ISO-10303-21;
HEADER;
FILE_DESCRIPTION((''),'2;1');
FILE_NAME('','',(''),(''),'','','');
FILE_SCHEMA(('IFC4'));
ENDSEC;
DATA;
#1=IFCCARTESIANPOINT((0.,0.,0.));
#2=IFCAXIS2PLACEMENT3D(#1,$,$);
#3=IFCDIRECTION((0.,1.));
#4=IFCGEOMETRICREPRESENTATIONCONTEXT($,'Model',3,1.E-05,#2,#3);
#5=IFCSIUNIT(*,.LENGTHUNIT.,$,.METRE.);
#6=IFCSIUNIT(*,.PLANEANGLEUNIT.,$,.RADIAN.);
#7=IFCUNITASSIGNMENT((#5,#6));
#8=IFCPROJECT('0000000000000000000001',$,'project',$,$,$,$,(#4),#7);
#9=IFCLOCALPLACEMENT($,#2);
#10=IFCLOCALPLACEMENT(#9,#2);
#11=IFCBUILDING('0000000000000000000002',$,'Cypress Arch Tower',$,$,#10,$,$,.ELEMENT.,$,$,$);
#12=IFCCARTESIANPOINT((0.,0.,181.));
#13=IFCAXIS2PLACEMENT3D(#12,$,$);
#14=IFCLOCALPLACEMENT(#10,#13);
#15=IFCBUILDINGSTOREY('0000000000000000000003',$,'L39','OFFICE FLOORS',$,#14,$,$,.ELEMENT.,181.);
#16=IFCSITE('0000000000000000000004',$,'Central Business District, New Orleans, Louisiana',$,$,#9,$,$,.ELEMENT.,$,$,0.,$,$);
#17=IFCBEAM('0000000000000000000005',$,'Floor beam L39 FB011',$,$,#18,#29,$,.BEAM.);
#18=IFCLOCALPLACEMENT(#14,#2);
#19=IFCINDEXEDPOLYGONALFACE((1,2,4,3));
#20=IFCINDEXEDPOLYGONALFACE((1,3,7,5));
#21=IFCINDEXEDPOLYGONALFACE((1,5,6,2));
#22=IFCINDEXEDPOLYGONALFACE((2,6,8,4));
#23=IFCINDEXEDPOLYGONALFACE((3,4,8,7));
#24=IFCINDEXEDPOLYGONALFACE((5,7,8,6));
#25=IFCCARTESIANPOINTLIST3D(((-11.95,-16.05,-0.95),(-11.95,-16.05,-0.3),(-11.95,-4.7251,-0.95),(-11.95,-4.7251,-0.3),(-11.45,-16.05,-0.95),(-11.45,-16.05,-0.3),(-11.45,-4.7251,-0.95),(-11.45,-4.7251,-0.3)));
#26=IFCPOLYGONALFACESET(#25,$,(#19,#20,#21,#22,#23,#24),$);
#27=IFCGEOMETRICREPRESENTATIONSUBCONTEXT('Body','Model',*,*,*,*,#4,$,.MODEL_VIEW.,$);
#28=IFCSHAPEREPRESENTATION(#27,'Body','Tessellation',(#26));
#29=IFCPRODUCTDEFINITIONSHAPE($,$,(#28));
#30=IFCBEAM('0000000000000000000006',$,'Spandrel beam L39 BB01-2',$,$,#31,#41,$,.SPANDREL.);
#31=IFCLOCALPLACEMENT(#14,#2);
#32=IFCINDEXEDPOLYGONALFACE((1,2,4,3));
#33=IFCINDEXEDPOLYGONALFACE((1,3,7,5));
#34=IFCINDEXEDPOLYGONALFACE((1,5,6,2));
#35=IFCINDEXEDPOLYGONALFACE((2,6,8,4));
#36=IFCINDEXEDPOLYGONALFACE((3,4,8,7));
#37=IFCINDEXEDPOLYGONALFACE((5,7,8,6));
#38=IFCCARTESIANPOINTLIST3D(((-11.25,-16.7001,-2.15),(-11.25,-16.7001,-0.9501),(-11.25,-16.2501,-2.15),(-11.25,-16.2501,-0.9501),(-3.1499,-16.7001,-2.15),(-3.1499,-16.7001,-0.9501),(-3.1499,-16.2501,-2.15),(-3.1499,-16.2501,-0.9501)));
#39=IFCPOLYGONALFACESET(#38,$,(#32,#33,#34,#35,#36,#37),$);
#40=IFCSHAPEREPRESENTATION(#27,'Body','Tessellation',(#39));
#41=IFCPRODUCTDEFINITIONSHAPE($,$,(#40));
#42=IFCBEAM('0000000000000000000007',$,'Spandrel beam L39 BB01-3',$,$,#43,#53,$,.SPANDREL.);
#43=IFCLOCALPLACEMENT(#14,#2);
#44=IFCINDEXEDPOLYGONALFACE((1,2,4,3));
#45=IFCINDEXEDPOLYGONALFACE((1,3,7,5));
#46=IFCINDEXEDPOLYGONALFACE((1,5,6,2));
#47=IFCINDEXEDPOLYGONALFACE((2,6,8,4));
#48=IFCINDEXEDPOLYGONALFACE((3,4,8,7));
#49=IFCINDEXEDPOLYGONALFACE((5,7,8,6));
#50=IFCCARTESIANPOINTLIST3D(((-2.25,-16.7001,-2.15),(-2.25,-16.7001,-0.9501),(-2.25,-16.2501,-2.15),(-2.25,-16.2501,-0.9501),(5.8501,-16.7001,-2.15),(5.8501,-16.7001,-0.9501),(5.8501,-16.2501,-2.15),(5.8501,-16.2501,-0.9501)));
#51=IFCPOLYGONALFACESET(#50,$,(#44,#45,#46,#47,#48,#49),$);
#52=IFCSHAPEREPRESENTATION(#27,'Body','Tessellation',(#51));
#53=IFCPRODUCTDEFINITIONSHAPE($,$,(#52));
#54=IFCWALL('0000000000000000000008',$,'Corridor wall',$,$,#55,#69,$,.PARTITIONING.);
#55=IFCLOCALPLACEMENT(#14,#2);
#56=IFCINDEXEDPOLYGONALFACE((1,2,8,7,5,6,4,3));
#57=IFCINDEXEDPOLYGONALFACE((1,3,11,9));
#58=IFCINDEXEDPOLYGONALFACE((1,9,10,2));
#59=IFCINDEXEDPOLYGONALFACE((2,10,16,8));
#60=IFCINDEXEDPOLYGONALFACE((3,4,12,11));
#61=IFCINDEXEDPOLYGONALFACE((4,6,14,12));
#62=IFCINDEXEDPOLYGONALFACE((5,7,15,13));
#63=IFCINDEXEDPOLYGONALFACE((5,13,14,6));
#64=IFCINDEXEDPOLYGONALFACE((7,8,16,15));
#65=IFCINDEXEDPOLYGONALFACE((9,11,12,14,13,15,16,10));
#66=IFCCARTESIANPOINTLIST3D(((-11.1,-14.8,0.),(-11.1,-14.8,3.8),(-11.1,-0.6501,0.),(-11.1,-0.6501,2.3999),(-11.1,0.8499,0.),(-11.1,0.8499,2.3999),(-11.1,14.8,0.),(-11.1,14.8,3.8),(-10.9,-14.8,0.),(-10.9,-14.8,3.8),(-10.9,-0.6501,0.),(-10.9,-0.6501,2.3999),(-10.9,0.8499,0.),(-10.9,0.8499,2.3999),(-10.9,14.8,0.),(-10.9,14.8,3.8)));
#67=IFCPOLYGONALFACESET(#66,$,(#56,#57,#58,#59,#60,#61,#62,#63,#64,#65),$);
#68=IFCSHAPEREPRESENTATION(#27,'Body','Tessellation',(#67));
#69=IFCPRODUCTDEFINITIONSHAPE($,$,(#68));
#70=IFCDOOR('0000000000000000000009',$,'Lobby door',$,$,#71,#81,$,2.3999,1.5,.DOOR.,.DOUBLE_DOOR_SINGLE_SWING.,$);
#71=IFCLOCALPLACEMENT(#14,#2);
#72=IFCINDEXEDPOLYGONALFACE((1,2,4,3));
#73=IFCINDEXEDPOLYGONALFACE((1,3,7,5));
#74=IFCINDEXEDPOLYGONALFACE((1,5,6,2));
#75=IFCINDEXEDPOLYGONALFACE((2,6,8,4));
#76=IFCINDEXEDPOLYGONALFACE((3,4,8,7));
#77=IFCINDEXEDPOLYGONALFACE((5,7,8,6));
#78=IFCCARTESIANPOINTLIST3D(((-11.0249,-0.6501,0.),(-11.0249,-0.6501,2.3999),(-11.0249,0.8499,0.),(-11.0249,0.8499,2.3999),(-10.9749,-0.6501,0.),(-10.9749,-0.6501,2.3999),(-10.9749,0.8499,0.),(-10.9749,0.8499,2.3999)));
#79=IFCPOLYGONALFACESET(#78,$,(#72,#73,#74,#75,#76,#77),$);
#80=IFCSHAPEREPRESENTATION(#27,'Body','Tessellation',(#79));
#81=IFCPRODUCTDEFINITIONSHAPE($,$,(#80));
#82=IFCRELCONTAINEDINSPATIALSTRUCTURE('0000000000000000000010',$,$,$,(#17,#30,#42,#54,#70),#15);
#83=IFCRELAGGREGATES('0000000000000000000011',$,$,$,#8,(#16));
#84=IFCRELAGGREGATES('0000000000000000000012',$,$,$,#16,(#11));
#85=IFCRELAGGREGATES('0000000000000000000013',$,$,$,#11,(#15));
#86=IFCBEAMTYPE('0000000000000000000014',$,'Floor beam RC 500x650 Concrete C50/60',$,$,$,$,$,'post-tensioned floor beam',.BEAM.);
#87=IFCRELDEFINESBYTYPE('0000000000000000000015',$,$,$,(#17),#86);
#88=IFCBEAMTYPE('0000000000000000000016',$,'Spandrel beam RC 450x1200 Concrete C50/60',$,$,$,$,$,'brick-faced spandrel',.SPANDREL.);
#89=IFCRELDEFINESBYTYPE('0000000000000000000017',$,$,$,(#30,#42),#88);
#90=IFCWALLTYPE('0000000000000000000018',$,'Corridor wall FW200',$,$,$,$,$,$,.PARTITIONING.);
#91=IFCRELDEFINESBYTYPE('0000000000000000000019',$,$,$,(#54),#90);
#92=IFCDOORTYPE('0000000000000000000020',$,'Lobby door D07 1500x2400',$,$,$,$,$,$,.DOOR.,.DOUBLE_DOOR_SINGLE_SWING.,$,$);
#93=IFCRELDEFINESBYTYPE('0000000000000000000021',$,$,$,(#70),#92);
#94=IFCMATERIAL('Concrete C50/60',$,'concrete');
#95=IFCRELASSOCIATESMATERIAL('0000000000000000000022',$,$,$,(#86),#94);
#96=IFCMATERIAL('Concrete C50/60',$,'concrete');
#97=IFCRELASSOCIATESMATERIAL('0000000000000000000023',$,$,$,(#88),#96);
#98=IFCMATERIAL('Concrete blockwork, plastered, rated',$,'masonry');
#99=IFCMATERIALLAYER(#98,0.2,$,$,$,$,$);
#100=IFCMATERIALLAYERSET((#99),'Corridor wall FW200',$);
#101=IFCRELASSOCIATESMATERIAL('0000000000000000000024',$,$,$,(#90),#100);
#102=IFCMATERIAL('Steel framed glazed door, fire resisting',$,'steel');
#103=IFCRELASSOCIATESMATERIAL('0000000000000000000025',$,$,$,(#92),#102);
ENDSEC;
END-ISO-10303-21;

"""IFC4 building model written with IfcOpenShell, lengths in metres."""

from ifc_helpers import new_model, si_unit, direction, frame, frame_2d, origin, origin_2d, place, context, subcontext, project, spatial, rectangle, extrude, material, layer, layer_set, material_profile, profile_set, type_object, element, fill, save


model = new_model("IFC4")

# Units and contexts
model_context = context("Model", 3, precision=1e-05, world=origin(), true_north=direction((0.0, 1.0)))
body_context = subcontext(model_context, "Body", "Model", "MODEL_VIEW")
ifc_project = project(units=[si_unit("LENGTHUNIT", "METRE"), si_unit("PLANEANGLEUNIT", "RADIAN")], contexts=[model_context])

# Site, building, storey
site_placement = place(None, origin())
site = spatial("IfcSite", under=ifc_project, at=site_placement, Name="Central Business District, New Orleans, Louisiana", CompositionType="ELEMENT", RefElevation=0.0)
building_placement = place(site_placement, origin())
building = spatial("IfcBuilding", under=site, at=building_placement, Name="Cypress Arch Tower", CompositionType="ELEMENT")
storey_placement = place(building_placement, frame((0.0, 0.0, 181.0)))
storey = spatial("IfcBuildingStorey", under=building, at=storey_placement, Name="L39", Description="OFFICE FLOORS", CompositionType="ELEMENT", Elevation=181.0)

# Beams
ifc_material_1 = material(Name="Concrete C50/60", Category="concrete")
ifc_material_profile_1 = material_profile(ifc_material_1, rectangle(XDim=0.5, YDim=0.6499, at=origin_2d()), Name="RC 500x650")
ifc_profile_set_1 = profile_set([ifc_material_profile_1], Name="Concrete C50/60")
beam_type_1 = type_object("IfcBeamType", Name="Floor beam RC 500x650 Concrete C50/60", ElementType="post-tensioned floor beam", PredefinedType="BEAM", material=ifc_profile_set_1)
beam_1_placement = place(storey_placement, frame((-11.7, -16.05, -0.625), z_axis=(0.0, 1.0, 0.0), x_axis=(-1.0, 0.0, 0.0)))
element("IfcBeam", 1, at=beam_1_placement, inside=storey, type_object=beam_type_1, Name="Floor beam L39 FB011", PredefinedType="BEAM", context=body_context, shape_type="SweptSolid", body=[
    extrude(rectangle(XDim=0.5, YDim=0.6499, at=origin_2d()), origin(), (0.0, 0.0, 1.0), 11.325),
])
ifc_material_2 = material(Name="Concrete C50/60", Category="concrete")
ifc_material_profile_2 = material_profile(ifc_material_2, rectangle(XDim=0.45, YDim=1.2, at=origin_2d()), Name="RC 450x1200")
ifc_profile_set_2 = profile_set([ifc_material_profile_2], Name="Concrete C50/60")
beam_type_2 = type_object("IfcBeamType", Name="Spandrel beam RC 450x1200 Concrete C50/60", ElementType="brick-faced spandrel", PredefinedType="SPANDREL", material=ifc_profile_set_2)
for number, where, z_axis, x_axis, name in (
    (2, (-11.25, -16.4751, -1.55), (1.0, 0.0, 0.0), (0.0, 1.0, 0.0), "Spandrel beam L39 BB01-2"),
    (3, (-2.25, -16.4751, -1.55), (1.0, 0.0, 0.0), (0.0, 1.0, 0.0), "Spandrel beam L39 BB01-3"),
):
    element("IfcBeam", number, at=place(storey_placement, frame(where, z_axis=z_axis, x_axis=x_axis)), inside=storey, type_object=beam_type_2, Name=name, PredefinedType="SPANDREL", context=body_context, shape_type="SweptSolid", body=[
        extrude(rectangle(XDim=0.45, YDim=1.2, at=origin_2d()), origin(), (0.0, 0.0, 1.0), 8.1001),
    ])

# Wall, opening, door
ifc_material_3 = material(Name="Concrete blockwork, plastered, rated", Category="masonry")
ifc_layer_1 = layer(ifc_material_3, 0.2)
ifc_layer_set_1 = layer_set([ifc_layer_1], Name="Corridor wall FW200")
wall_type_1 = type_object("IfcWallType", Name="Corridor wall FW200", PredefinedType="PARTITIONING", material=ifc_layer_set_1)
wall_1_placement = place(storey_placement, frame((-11.0, -14.8, 0.0), z_axis=(0.0, 0.0, 1.0), x_axis=(0.0, 1.0, 0.0)))
wall_1 = element("IfcWall", 4, at=wall_1_placement, inside=storey, type_object=wall_type_1, Name="Corridor wall", PredefinedType="PARTITIONING", context=body_context, shape_type="SweptSolid", body=[
    extrude(rectangle(XDim=29.6001, YDim=0.2, at=frame_2d((14.8, 0.0))), origin(), (0.0, 0.0, 1.0), 3.8),
])
opening_1_placement = place(wall_1_placement, frame((14.1499, 0.0, 0.0)))
opening_1 = element("IfcOpeningElement", 5, at=opening_1_placement, cuts=wall_1, PredefinedType="OPENING", context=body_context, shape_type="SweptSolid", body=[
    extrude(rectangle(XDim=1.5, YDim=2.3999, at=frame_2d((0.75, 1.2))), frame((0.0, 0.1099, 0.0), z_axis=(0.0, -1.0, 0.0), x_axis=(1.0, 0.0, 0.0)), (0.0, 0.0, 1.0), 0.22),
])
ifc_material_4 = material(Name="Steel framed glazed door, fire resisting", Category="steel")
door_type_1 = type_object("IfcDoorType", Name="Lobby door D07 1500x2400", OperationType="DOUBLE_DOOR_SINGLE_SWING", PredefinedType="DOOR", material=ifc_material_4)
door_1_placement = place(opening_1_placement, origin())
door_1 = element("IfcDoor", 6, at=door_1_placement, inside=storey, type_object=door_type_1, Name="Lobby door", OperationType="DOUBLE_DOOR_SINGLE_SWING", OverallHeight=2.3999, OverallWidth=1.5, PredefinedType="DOOR", context=body_context, shape_type="SweptSolid", body=[
    extrude(rectangle(XDim=1.5, YDim=2.3999, at=frame_2d((0.75, 1.2))), frame((0.0, 0.0249, 0.0), z_axis=(0.0, -1.0, 0.0), x_axis=(1.0, 0.0, 0.0)), (0.0, 0.0, 1.0), 0.05),
])
fill(opening_1, door_1)

save(model, "model.ifc")
